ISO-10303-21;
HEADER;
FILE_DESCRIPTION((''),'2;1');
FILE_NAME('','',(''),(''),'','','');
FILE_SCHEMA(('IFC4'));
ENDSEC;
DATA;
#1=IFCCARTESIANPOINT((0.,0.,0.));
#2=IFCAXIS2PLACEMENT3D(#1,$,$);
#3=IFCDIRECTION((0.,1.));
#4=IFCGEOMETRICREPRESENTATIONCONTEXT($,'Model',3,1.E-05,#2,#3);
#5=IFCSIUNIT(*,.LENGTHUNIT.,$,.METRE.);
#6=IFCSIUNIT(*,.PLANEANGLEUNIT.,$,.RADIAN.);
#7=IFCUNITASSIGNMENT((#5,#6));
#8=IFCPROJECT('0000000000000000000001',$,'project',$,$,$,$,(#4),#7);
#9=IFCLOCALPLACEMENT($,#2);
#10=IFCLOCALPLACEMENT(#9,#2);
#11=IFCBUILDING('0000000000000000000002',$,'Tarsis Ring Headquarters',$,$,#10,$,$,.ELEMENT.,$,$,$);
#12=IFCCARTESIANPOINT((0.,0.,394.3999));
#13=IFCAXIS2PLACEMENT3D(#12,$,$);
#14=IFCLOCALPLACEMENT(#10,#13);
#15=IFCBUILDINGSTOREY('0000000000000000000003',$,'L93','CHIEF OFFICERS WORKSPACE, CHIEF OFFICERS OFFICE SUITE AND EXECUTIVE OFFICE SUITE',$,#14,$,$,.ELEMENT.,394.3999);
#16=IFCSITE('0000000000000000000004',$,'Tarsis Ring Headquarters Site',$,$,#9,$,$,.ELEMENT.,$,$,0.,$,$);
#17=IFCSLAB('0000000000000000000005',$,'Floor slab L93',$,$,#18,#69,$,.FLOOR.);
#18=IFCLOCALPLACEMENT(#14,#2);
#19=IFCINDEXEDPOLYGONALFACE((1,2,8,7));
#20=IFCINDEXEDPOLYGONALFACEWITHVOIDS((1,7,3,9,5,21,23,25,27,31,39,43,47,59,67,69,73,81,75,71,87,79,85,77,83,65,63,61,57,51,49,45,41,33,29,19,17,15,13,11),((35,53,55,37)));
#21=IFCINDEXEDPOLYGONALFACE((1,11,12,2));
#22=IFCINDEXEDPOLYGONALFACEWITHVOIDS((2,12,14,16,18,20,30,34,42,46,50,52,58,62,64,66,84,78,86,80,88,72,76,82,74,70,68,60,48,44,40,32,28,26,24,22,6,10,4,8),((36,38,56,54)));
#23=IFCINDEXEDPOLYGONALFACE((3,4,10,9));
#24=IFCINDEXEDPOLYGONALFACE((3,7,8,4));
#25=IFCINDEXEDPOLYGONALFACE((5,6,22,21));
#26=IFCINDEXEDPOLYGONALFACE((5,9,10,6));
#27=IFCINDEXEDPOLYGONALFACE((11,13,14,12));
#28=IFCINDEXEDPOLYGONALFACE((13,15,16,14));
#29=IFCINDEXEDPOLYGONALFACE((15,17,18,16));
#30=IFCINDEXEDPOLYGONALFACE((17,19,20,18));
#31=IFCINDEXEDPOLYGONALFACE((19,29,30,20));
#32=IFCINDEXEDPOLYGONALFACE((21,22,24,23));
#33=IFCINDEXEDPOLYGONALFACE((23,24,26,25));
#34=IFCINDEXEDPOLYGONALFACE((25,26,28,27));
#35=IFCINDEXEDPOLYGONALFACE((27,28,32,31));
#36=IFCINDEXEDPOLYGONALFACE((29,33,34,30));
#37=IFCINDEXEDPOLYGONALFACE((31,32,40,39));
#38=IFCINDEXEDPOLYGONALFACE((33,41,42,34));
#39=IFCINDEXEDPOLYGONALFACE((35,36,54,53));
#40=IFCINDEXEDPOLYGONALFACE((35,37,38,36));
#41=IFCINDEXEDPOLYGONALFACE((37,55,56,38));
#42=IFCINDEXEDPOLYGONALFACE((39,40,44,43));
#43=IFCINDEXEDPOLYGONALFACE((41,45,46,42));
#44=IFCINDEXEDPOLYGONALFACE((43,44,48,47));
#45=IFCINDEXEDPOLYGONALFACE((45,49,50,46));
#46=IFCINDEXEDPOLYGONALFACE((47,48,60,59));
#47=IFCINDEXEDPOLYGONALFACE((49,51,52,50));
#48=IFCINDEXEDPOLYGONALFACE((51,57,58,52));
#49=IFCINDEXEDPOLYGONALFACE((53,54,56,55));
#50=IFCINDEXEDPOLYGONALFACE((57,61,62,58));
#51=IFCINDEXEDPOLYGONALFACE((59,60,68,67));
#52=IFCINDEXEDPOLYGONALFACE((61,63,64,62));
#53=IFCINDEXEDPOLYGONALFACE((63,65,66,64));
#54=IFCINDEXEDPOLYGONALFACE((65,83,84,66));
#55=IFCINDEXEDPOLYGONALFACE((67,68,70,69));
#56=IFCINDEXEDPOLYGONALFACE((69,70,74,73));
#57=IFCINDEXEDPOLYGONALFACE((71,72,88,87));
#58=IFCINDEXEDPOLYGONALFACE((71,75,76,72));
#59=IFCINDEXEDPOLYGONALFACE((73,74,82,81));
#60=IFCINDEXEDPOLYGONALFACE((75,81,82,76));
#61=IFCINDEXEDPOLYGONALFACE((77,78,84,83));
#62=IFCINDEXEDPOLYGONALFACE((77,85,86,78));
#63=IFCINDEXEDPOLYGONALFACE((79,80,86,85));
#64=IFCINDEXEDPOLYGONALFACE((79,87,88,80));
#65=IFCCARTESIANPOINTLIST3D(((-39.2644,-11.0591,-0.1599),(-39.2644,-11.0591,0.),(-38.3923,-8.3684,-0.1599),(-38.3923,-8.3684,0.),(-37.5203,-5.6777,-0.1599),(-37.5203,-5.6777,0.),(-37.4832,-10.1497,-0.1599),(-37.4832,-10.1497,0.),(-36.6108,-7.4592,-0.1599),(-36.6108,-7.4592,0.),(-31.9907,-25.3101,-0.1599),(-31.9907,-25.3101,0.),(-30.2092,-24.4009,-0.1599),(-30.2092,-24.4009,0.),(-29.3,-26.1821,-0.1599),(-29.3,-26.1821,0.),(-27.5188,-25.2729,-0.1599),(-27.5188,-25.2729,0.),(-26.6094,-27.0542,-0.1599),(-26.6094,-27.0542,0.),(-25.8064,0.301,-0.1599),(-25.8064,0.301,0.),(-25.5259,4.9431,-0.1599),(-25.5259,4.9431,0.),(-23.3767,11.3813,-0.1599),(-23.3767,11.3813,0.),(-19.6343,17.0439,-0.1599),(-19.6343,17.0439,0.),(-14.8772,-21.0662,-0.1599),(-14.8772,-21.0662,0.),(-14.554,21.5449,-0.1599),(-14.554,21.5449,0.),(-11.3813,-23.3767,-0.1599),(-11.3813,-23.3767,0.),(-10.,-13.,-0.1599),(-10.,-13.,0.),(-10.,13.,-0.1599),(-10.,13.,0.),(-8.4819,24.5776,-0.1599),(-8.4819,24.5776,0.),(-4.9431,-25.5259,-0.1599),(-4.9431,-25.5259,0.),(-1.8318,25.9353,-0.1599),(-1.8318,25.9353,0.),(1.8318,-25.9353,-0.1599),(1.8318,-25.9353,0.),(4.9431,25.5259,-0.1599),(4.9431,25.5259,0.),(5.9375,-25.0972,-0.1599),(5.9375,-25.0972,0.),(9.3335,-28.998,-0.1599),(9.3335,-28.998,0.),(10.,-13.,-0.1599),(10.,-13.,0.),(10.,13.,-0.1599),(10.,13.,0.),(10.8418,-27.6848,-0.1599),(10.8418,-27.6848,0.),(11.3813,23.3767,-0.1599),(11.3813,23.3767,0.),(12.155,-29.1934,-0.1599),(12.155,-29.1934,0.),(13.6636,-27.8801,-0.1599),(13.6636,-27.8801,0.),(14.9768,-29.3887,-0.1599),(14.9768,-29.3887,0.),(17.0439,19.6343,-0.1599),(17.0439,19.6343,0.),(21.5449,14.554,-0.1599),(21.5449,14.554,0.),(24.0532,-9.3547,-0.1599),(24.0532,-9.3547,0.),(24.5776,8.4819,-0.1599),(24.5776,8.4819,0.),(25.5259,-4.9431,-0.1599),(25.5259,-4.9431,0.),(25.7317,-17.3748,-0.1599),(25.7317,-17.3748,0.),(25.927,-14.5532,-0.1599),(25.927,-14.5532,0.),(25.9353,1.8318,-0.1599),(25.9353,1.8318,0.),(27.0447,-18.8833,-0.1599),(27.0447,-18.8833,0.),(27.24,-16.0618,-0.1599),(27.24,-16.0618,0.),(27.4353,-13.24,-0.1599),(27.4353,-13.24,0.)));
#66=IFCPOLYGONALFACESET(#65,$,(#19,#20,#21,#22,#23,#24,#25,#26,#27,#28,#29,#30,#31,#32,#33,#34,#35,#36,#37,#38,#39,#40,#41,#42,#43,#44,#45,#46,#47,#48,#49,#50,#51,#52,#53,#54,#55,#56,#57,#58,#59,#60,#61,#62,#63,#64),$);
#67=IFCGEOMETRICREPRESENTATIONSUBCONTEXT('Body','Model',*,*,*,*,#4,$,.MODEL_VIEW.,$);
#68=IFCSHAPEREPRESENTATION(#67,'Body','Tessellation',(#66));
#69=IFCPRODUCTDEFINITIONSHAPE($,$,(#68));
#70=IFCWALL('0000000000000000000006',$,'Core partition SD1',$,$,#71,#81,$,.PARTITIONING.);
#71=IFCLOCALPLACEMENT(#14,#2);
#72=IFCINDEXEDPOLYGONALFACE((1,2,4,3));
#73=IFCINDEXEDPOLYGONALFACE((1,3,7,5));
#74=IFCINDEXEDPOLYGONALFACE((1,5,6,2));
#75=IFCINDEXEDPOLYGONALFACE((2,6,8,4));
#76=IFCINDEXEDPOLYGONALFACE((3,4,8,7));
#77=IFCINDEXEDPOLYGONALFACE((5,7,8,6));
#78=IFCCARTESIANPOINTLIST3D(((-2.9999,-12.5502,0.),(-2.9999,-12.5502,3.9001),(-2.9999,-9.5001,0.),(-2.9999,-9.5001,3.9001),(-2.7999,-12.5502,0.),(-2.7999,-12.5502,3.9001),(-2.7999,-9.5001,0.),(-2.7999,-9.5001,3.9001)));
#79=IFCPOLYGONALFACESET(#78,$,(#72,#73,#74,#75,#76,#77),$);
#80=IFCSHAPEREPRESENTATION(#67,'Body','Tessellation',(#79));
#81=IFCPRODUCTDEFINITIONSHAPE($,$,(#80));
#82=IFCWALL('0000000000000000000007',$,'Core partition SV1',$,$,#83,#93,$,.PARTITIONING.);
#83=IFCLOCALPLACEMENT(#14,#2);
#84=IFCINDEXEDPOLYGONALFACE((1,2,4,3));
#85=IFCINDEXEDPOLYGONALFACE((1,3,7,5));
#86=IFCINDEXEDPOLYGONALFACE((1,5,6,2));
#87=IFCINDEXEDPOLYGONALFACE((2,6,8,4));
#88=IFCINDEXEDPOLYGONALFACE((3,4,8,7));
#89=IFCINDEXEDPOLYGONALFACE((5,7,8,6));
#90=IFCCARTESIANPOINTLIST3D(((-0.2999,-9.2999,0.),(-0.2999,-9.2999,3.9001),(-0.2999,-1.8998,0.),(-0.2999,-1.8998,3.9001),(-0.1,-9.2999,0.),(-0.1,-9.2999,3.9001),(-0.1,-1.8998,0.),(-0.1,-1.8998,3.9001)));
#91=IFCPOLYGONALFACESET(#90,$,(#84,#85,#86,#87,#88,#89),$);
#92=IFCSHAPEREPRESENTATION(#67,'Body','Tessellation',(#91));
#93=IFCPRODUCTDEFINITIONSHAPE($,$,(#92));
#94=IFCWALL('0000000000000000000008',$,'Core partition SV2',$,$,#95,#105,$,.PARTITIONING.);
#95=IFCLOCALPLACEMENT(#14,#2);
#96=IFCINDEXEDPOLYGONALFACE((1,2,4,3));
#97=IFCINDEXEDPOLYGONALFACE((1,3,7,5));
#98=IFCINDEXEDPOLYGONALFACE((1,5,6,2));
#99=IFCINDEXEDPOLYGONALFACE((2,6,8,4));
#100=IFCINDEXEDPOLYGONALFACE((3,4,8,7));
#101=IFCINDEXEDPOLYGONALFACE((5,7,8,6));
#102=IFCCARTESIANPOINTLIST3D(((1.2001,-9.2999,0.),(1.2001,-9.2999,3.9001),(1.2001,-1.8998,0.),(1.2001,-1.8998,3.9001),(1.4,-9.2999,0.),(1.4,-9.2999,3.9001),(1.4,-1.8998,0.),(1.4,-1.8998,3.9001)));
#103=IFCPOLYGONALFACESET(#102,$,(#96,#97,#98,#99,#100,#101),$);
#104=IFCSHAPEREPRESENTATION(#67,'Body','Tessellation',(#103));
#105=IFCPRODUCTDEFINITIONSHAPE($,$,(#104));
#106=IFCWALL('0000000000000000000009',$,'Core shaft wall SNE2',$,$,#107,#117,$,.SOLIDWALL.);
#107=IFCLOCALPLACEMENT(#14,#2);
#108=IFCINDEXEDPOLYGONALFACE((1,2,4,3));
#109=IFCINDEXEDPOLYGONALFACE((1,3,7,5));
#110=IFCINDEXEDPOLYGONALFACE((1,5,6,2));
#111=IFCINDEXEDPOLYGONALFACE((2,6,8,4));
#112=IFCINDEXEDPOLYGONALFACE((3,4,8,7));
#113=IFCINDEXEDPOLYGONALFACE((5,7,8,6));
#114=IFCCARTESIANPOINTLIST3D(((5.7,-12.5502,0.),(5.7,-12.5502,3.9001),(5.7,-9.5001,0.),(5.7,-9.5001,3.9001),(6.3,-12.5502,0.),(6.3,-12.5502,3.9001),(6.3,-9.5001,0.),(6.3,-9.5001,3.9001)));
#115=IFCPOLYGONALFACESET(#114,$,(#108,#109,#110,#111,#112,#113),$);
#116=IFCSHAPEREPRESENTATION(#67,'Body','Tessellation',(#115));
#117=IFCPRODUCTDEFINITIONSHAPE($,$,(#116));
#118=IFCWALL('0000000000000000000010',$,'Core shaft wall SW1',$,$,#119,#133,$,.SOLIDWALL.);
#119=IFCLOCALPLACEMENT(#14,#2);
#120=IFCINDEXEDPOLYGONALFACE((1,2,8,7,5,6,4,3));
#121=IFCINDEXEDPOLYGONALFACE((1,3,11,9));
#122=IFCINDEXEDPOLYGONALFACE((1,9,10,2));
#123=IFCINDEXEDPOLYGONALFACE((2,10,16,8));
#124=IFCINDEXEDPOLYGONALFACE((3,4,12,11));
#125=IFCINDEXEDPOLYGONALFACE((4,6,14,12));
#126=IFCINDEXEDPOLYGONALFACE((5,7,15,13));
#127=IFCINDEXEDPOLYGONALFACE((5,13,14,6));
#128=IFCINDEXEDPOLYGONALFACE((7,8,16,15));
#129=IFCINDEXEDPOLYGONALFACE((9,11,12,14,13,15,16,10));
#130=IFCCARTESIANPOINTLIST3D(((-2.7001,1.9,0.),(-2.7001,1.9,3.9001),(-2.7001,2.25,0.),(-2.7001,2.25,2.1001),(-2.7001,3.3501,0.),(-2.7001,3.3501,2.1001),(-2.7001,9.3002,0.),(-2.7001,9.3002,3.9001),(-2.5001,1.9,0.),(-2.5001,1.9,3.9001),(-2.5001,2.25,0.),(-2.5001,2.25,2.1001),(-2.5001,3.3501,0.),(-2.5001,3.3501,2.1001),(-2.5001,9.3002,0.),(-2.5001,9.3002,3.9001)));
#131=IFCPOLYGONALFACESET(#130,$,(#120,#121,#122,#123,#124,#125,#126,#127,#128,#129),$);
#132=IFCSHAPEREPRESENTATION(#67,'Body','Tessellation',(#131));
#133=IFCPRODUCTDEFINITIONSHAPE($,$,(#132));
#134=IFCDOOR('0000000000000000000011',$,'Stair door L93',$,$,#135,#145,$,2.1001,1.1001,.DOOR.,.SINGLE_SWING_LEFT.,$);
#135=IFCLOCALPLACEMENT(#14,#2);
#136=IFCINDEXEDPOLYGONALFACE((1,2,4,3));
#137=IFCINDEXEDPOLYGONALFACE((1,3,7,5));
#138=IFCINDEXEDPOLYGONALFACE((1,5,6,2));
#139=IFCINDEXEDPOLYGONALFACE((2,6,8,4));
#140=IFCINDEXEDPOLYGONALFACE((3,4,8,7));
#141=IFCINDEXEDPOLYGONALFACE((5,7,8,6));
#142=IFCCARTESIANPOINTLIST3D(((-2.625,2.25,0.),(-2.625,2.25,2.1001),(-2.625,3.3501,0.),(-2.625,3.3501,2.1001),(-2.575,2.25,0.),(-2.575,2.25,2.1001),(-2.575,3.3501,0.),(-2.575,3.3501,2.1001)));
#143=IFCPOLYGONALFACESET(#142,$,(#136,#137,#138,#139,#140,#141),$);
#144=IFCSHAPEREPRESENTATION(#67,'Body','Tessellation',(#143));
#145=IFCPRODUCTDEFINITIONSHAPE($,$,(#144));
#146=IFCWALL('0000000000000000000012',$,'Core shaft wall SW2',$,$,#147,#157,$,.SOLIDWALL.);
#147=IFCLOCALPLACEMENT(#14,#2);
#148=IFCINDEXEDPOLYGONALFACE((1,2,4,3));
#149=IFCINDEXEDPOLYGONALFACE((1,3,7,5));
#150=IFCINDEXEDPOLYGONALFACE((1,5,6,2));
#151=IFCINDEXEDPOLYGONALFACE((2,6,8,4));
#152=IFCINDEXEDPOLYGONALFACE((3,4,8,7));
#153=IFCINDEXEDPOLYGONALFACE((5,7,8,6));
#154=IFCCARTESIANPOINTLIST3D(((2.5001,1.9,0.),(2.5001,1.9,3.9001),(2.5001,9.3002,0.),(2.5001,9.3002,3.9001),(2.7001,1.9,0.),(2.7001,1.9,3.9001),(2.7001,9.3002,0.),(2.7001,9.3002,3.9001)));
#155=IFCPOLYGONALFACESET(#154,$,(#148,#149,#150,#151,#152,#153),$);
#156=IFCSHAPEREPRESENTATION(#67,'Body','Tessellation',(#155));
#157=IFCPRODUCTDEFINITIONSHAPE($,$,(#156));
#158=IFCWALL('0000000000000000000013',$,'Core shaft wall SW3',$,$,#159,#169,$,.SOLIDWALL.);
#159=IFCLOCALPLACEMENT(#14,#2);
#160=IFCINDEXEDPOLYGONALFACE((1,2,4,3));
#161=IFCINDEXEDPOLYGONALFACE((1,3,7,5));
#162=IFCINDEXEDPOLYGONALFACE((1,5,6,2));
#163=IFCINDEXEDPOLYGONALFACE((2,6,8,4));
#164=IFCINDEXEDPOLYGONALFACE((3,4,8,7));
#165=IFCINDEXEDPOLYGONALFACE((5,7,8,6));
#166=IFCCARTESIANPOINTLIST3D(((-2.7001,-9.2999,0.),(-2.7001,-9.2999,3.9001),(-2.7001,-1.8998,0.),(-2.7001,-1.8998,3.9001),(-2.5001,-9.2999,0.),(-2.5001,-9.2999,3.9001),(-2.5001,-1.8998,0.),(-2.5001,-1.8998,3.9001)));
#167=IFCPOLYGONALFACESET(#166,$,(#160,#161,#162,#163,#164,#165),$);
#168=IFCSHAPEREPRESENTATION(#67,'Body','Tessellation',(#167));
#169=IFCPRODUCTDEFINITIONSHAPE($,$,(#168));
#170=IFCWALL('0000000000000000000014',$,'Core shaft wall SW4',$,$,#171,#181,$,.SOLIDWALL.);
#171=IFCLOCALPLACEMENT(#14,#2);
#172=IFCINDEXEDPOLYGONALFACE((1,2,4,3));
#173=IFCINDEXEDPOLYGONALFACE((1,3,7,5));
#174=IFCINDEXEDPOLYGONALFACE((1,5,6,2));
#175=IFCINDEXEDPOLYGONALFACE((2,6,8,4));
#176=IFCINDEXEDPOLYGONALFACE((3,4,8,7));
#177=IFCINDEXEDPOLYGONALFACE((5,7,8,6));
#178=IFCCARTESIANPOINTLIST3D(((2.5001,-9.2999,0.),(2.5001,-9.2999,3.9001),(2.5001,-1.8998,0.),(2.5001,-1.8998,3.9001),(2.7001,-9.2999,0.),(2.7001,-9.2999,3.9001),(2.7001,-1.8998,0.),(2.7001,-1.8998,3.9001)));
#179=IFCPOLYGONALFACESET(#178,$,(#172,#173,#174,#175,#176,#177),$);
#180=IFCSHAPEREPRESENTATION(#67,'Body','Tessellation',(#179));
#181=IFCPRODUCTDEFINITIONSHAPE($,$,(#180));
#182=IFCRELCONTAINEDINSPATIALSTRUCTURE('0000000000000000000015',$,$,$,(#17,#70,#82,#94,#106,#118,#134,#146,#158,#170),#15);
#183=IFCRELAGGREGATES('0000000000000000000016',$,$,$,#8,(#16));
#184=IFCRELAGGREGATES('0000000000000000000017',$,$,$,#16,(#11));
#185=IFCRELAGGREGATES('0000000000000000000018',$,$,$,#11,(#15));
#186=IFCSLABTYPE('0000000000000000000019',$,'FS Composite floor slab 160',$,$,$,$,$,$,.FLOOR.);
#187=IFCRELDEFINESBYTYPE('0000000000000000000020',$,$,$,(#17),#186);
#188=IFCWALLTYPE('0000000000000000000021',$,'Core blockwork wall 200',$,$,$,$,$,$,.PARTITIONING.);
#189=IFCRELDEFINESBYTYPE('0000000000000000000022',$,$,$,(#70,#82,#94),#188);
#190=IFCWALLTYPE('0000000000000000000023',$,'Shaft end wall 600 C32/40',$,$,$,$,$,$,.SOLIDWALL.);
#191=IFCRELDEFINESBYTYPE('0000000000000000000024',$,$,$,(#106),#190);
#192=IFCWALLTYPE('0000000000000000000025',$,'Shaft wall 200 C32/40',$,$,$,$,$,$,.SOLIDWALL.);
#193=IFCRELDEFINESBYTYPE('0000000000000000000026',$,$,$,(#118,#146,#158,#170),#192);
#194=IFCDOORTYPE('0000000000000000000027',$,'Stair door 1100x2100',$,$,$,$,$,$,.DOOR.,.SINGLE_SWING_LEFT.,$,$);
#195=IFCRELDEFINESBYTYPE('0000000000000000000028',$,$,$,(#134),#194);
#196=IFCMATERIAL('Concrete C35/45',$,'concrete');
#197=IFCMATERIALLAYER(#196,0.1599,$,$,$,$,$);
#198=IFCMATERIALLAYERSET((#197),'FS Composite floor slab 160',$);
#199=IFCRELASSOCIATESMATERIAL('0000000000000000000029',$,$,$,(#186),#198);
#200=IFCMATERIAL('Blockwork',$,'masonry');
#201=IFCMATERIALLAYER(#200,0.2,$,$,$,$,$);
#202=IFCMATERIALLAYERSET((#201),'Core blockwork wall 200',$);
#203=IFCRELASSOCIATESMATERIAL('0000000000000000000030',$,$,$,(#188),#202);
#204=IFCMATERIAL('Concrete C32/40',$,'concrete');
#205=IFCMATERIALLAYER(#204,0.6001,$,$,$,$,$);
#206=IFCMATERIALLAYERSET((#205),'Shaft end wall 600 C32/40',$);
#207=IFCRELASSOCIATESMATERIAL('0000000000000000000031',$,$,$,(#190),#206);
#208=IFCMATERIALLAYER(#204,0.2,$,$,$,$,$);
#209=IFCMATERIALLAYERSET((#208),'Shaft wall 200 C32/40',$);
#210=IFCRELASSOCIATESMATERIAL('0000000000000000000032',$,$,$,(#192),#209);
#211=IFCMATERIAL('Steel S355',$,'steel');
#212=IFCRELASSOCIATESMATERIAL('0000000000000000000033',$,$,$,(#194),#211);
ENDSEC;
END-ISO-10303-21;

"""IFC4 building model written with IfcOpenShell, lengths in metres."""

from ifc_helpers import new_model, si_unit, direction, frame, frame_2d, origin, place, context, subcontext, project, spatial, polyline, rectangle, outline, extrude, material, layer, layer_set, type_object, element, fill, save


model = new_model("IFC4")

# Units and contexts
model_context = context("Model", 3, precision=1e-05, world=origin(), true_north=direction((0.0, 1.0)))
body_context = subcontext(model_context, "Body", "Model", "MODEL_VIEW")
ifc_project = project(units=[si_unit("LENGTHUNIT", "METRE"), si_unit("PLANEANGLEUNIT", "RADIAN")], contexts=[model_context])

# Site, building, storey
site_placement = place(None, origin())
site = spatial("IfcSite", under=ifc_project, at=site_placement, Name="Tarsis Ring Headquarters Site", CompositionType="ELEMENT", RefElevation=0.0)
building_placement = place(site_placement, origin())
building = spatial("IfcBuilding", under=site, at=building_placement, Name="Tarsis Ring Headquarters", CompositionType="ELEMENT")
storey_placement = place(building_placement, frame((0.0, 0.0, 394.3999)))
storey = spatial("IfcBuildingStorey", under=building, at=storey_placement, Name="L93", Description="CHIEF OFFICERS WORKSPACE, CHIEF OFFICERS OFFICE SUITE AND EXECUTIVE OFFICE SUITE", CompositionType="ELEMENT", Elevation=394.3999)

# Slab
ifc_material_1 = material(Name="Concrete C35/45", Category="concrete")
ifc_layer_1 = layer(ifc_material_1, 0.1599)
ifc_layer_set_1 = layer_set([ifc_layer_1], Name="FS Composite floor slab 160")
slab_type_1 = type_object("IfcSlabType", Name="FS Composite floor slab 160", PredefinedType="FLOOR", material=ifc_layer_set_1)
slab_1_placement = place(storey_placement, frame((0.0, 0.0, -0.1599)))
element("IfcSlab", 1, at=slab_1_placement, inside=storey, type_object=slab_type_1, Name="Floor slab L93", PredefinedType="FLOOR", context=body_context, shape_type="SweptSolid", body=[
    extrude(outline(polyline([(-14.8772, -21.0662), (-11.3813, -23.3767), (-4.9431, -25.5259), (1.8318, -25.9353), (5.9375, -25.0972), (9.3335, -28.998), (10.8418, -27.6848), (12.155, -29.1934), (13.6636, -27.8801), (14.9768, -29.3887), (27.0447, -18.8833), (25.7317, -17.3748), (27.24, -16.0618), (25.927, -14.5532), (27.4353, -13.24), (24.0532, -9.3547), (25.5259, -4.9431), (25.9353, 1.8318), (24.5776, 8.4819), (21.5449, 14.554), (17.0439, 19.6343), (11.3813, 23.3767), (4.9431, 25.5259), (-1.8318, 25.9353), (-8.4819, 24.5776), (-14.554, 21.5449), (-19.6343, 17.0439), (-23.3767, 11.3813), (-25.5259, 4.9431), (-25.8064, 0.301), (-37.5203, -5.6777), (-36.6108, -7.4592), (-38.3923, -8.3684), (-37.4832, -10.1497), (-39.2644, -11.0591), (-31.9907, -25.3101), (-30.2092, -24.4009), (-29.3, -26.1821), (-27.5188, -25.2729), (-26.6094, -27.0542), (-14.8772, -21.0662)]), holes=[polyline([(-10.0, -13.0), (-10.0, 13.0), (10.0, 13.0), (10.0, -13.0), (-10.0, -13.0)])]), origin(), (0.0, 0.0, 1.0), 0.1599),
])

# Walls
ifc_material_2 = material(Name="Blockwork", Category="masonry")
ifc_layer_2 = layer(ifc_material_2, 0.2)
ifc_layer_set_2 = layer_set([ifc_layer_2], Name="Core blockwork wall 200")
wall_type_1 = type_object("IfcWallType", Name="Core blockwork wall 200", PredefinedType="PARTITIONING", material=ifc_layer_set_2)
wall_1_placement = place(storey_placement, frame((-2.8999, -12.55, 0.0), z_axis=(0.0, 0.0, 1.0), x_axis=(0.0, 1.0, 0.0)))
element("IfcWall", 2, at=wall_1_placement, inside=storey, type_object=wall_type_1, Name="Core partition SD1", PredefinedType="PARTITIONING", context=body_context, shape_type="SweptSolid", body=[
    extrude(rectangle(XDim=3.05, YDim=0.2, at=frame_2d((1.5249, 0.0))), origin(), (0.0, 0.0, 1.0), 3.9001),
])
for number, where, z_axis, x_axis, name in (
    (3, (-0.2, -9.3, 0.0), (0.0, 0.0, 1.0), (0.0, 1.0, 0.0), "Core partition SV1"),
    (4, (1.3, -9.3, 0.0), (0.0, 0.0, 1.0), (0.0, 1.0, 0.0), "Core partition SV2"),
):
    element("IfcWall", number, at=place(storey_placement, frame(where, z_axis=z_axis, x_axis=x_axis)), inside=storey, type_object=wall_type_1, Name=name, PredefinedType="PARTITIONING", context=body_context, shape_type="SweptSolid", body=[
        extrude(rectangle(XDim=7.4001, YDim=0.2, at=frame_2d((3.7002, 0.0))), origin(), (0.0, 0.0, 1.0), 3.9001),
    ])
ifc_material_3 = material(Name="Concrete C32/40", Category="concrete")
ifc_layer_3 = layer(ifc_material_3, 0.6001)
ifc_layer_set_3 = layer_set([ifc_layer_3], Name="Shaft end wall 600 C32/40")
wall_type_2 = type_object("IfcWallType", Name="Shaft end wall 600 C32/40", PredefinedType="SOLIDWALL", material=ifc_layer_set_3)
wall_2_placement = place(storey_placement, frame((6.0, -12.55, 0.0), z_axis=(0.0, 0.0, 1.0), x_axis=(0.0, 1.0, 0.0)))
element("IfcWall", 5, at=wall_2_placement, inside=storey, type_object=wall_type_2, Name="Core shaft wall SNE2", PredefinedType="SOLIDWALL", context=body_context, shape_type="SweptSolid", body=[
    extrude(rectangle(XDim=3.05, YDim=0.6001, at=frame_2d((1.5249, 0.0))), origin(), (0.0, 0.0, 1.0), 3.9001),
])

# Wall, opening, door
ifc_layer_4 = layer(ifc_material_3, 0.2)
ifc_layer_set_4 = layer_set([ifc_layer_4], Name="Shaft wall 200 C32/40")
wall_type_3 = type_object("IfcWallType", Name="Shaft wall 200 C32/40", PredefinedType="SOLIDWALL", material=ifc_layer_set_4)
wall_3_placement = place(storey_placement, frame((-2.6001, 1.8999, 0.0), z_axis=(0.0, 0.0, 1.0), x_axis=(0.0, 1.0, 0.0)))
wall_3 = element("IfcWall", 6, at=wall_3_placement, inside=storey, type_object=wall_type_3, Name="Core shaft wall SW1", PredefinedType="SOLIDWALL", context=body_context, shape_type="SweptSolid", body=[
    extrude(rectangle(XDim=7.4001, YDim=0.2, at=frame_2d((3.7002, 0.0))), origin(), (0.0, 0.0, 1.0), 3.9001),
])
opening_placement = place(wall_3_placement, frame((0.3501, 0.0, 0.0)))
opening = element("IfcOpeningElement", 7, at=opening_placement, cuts=wall_3, PredefinedType="OPENING", context=body_context, shape_type="SweptSolid", body=[
    extrude(rectangle(XDim=1.1001, YDim=2.1001, at=frame_2d((0.55, 1.05))), frame((0.0, 0.1099, 0.0), z_axis=(0.0, -1.0, 0.0), x_axis=(1.0, 0.0, 0.0)), (0.0, 0.0, 1.0), 0.22),
])
ifc_material_4 = material(Name="Steel S355", Category="steel")
door_type = type_object("IfcDoorType", Name="Stair door 1100x2100", OperationType="SINGLE_SWING_LEFT", PredefinedType="DOOR", material=ifc_material_4)
door_placement = place(opening_placement, origin())
door = element("IfcDoor", 8, at=door_placement, inside=storey, type_object=door_type, Name="Stair door L93", OperationType="SINGLE_SWING_LEFT", OverallHeight=2.1001, OverallWidth=1.1001, PredefinedType="DOOR", context=body_context, shape_type="SweptSolid", body=[
    extrude(rectangle(XDim=1.1001, YDim=2.1001, at=frame_2d((0.55, 1.05))), frame((0.0, 0.0249, 0.0), z_axis=(0.0, -1.0, 0.0), x_axis=(1.0, 0.0, 0.0)), (0.0, 0.0, 1.0), 0.05),
])
fill(opening, door)

# Walls
for number, where, z_axis, x_axis, name in (
    (9, (2.6001, 1.8999, 0.0), (0.0, 0.0, 1.0), (0.0, 1.0, 0.0), "Core shaft wall SW2"),
    (10, (-2.6001, -9.3, 0.0), (0.0, 0.0, 1.0), (0.0, 1.0, 0.0), "Core shaft wall SW3"),
    (11, (2.6001, -9.3, 0.0), (0.0, 0.0, 1.0), (0.0, 1.0, 0.0), "Core shaft wall SW4"),
):
    element("IfcWall", number, at=place(storey_placement, frame(where, z_axis=z_axis, x_axis=x_axis)), inside=storey, type_object=wall_type_3, Name=name, PredefinedType="SOLIDWALL", context=body_context, shape_type="SweptSolid", body=[
        extrude(rectangle(XDim=7.4001, YDim=0.2, at=frame_2d((3.7002, 0.0))), origin(), (0.0, 0.0, 1.0), 3.9001),
    ])

save(model, "model.ifc")
